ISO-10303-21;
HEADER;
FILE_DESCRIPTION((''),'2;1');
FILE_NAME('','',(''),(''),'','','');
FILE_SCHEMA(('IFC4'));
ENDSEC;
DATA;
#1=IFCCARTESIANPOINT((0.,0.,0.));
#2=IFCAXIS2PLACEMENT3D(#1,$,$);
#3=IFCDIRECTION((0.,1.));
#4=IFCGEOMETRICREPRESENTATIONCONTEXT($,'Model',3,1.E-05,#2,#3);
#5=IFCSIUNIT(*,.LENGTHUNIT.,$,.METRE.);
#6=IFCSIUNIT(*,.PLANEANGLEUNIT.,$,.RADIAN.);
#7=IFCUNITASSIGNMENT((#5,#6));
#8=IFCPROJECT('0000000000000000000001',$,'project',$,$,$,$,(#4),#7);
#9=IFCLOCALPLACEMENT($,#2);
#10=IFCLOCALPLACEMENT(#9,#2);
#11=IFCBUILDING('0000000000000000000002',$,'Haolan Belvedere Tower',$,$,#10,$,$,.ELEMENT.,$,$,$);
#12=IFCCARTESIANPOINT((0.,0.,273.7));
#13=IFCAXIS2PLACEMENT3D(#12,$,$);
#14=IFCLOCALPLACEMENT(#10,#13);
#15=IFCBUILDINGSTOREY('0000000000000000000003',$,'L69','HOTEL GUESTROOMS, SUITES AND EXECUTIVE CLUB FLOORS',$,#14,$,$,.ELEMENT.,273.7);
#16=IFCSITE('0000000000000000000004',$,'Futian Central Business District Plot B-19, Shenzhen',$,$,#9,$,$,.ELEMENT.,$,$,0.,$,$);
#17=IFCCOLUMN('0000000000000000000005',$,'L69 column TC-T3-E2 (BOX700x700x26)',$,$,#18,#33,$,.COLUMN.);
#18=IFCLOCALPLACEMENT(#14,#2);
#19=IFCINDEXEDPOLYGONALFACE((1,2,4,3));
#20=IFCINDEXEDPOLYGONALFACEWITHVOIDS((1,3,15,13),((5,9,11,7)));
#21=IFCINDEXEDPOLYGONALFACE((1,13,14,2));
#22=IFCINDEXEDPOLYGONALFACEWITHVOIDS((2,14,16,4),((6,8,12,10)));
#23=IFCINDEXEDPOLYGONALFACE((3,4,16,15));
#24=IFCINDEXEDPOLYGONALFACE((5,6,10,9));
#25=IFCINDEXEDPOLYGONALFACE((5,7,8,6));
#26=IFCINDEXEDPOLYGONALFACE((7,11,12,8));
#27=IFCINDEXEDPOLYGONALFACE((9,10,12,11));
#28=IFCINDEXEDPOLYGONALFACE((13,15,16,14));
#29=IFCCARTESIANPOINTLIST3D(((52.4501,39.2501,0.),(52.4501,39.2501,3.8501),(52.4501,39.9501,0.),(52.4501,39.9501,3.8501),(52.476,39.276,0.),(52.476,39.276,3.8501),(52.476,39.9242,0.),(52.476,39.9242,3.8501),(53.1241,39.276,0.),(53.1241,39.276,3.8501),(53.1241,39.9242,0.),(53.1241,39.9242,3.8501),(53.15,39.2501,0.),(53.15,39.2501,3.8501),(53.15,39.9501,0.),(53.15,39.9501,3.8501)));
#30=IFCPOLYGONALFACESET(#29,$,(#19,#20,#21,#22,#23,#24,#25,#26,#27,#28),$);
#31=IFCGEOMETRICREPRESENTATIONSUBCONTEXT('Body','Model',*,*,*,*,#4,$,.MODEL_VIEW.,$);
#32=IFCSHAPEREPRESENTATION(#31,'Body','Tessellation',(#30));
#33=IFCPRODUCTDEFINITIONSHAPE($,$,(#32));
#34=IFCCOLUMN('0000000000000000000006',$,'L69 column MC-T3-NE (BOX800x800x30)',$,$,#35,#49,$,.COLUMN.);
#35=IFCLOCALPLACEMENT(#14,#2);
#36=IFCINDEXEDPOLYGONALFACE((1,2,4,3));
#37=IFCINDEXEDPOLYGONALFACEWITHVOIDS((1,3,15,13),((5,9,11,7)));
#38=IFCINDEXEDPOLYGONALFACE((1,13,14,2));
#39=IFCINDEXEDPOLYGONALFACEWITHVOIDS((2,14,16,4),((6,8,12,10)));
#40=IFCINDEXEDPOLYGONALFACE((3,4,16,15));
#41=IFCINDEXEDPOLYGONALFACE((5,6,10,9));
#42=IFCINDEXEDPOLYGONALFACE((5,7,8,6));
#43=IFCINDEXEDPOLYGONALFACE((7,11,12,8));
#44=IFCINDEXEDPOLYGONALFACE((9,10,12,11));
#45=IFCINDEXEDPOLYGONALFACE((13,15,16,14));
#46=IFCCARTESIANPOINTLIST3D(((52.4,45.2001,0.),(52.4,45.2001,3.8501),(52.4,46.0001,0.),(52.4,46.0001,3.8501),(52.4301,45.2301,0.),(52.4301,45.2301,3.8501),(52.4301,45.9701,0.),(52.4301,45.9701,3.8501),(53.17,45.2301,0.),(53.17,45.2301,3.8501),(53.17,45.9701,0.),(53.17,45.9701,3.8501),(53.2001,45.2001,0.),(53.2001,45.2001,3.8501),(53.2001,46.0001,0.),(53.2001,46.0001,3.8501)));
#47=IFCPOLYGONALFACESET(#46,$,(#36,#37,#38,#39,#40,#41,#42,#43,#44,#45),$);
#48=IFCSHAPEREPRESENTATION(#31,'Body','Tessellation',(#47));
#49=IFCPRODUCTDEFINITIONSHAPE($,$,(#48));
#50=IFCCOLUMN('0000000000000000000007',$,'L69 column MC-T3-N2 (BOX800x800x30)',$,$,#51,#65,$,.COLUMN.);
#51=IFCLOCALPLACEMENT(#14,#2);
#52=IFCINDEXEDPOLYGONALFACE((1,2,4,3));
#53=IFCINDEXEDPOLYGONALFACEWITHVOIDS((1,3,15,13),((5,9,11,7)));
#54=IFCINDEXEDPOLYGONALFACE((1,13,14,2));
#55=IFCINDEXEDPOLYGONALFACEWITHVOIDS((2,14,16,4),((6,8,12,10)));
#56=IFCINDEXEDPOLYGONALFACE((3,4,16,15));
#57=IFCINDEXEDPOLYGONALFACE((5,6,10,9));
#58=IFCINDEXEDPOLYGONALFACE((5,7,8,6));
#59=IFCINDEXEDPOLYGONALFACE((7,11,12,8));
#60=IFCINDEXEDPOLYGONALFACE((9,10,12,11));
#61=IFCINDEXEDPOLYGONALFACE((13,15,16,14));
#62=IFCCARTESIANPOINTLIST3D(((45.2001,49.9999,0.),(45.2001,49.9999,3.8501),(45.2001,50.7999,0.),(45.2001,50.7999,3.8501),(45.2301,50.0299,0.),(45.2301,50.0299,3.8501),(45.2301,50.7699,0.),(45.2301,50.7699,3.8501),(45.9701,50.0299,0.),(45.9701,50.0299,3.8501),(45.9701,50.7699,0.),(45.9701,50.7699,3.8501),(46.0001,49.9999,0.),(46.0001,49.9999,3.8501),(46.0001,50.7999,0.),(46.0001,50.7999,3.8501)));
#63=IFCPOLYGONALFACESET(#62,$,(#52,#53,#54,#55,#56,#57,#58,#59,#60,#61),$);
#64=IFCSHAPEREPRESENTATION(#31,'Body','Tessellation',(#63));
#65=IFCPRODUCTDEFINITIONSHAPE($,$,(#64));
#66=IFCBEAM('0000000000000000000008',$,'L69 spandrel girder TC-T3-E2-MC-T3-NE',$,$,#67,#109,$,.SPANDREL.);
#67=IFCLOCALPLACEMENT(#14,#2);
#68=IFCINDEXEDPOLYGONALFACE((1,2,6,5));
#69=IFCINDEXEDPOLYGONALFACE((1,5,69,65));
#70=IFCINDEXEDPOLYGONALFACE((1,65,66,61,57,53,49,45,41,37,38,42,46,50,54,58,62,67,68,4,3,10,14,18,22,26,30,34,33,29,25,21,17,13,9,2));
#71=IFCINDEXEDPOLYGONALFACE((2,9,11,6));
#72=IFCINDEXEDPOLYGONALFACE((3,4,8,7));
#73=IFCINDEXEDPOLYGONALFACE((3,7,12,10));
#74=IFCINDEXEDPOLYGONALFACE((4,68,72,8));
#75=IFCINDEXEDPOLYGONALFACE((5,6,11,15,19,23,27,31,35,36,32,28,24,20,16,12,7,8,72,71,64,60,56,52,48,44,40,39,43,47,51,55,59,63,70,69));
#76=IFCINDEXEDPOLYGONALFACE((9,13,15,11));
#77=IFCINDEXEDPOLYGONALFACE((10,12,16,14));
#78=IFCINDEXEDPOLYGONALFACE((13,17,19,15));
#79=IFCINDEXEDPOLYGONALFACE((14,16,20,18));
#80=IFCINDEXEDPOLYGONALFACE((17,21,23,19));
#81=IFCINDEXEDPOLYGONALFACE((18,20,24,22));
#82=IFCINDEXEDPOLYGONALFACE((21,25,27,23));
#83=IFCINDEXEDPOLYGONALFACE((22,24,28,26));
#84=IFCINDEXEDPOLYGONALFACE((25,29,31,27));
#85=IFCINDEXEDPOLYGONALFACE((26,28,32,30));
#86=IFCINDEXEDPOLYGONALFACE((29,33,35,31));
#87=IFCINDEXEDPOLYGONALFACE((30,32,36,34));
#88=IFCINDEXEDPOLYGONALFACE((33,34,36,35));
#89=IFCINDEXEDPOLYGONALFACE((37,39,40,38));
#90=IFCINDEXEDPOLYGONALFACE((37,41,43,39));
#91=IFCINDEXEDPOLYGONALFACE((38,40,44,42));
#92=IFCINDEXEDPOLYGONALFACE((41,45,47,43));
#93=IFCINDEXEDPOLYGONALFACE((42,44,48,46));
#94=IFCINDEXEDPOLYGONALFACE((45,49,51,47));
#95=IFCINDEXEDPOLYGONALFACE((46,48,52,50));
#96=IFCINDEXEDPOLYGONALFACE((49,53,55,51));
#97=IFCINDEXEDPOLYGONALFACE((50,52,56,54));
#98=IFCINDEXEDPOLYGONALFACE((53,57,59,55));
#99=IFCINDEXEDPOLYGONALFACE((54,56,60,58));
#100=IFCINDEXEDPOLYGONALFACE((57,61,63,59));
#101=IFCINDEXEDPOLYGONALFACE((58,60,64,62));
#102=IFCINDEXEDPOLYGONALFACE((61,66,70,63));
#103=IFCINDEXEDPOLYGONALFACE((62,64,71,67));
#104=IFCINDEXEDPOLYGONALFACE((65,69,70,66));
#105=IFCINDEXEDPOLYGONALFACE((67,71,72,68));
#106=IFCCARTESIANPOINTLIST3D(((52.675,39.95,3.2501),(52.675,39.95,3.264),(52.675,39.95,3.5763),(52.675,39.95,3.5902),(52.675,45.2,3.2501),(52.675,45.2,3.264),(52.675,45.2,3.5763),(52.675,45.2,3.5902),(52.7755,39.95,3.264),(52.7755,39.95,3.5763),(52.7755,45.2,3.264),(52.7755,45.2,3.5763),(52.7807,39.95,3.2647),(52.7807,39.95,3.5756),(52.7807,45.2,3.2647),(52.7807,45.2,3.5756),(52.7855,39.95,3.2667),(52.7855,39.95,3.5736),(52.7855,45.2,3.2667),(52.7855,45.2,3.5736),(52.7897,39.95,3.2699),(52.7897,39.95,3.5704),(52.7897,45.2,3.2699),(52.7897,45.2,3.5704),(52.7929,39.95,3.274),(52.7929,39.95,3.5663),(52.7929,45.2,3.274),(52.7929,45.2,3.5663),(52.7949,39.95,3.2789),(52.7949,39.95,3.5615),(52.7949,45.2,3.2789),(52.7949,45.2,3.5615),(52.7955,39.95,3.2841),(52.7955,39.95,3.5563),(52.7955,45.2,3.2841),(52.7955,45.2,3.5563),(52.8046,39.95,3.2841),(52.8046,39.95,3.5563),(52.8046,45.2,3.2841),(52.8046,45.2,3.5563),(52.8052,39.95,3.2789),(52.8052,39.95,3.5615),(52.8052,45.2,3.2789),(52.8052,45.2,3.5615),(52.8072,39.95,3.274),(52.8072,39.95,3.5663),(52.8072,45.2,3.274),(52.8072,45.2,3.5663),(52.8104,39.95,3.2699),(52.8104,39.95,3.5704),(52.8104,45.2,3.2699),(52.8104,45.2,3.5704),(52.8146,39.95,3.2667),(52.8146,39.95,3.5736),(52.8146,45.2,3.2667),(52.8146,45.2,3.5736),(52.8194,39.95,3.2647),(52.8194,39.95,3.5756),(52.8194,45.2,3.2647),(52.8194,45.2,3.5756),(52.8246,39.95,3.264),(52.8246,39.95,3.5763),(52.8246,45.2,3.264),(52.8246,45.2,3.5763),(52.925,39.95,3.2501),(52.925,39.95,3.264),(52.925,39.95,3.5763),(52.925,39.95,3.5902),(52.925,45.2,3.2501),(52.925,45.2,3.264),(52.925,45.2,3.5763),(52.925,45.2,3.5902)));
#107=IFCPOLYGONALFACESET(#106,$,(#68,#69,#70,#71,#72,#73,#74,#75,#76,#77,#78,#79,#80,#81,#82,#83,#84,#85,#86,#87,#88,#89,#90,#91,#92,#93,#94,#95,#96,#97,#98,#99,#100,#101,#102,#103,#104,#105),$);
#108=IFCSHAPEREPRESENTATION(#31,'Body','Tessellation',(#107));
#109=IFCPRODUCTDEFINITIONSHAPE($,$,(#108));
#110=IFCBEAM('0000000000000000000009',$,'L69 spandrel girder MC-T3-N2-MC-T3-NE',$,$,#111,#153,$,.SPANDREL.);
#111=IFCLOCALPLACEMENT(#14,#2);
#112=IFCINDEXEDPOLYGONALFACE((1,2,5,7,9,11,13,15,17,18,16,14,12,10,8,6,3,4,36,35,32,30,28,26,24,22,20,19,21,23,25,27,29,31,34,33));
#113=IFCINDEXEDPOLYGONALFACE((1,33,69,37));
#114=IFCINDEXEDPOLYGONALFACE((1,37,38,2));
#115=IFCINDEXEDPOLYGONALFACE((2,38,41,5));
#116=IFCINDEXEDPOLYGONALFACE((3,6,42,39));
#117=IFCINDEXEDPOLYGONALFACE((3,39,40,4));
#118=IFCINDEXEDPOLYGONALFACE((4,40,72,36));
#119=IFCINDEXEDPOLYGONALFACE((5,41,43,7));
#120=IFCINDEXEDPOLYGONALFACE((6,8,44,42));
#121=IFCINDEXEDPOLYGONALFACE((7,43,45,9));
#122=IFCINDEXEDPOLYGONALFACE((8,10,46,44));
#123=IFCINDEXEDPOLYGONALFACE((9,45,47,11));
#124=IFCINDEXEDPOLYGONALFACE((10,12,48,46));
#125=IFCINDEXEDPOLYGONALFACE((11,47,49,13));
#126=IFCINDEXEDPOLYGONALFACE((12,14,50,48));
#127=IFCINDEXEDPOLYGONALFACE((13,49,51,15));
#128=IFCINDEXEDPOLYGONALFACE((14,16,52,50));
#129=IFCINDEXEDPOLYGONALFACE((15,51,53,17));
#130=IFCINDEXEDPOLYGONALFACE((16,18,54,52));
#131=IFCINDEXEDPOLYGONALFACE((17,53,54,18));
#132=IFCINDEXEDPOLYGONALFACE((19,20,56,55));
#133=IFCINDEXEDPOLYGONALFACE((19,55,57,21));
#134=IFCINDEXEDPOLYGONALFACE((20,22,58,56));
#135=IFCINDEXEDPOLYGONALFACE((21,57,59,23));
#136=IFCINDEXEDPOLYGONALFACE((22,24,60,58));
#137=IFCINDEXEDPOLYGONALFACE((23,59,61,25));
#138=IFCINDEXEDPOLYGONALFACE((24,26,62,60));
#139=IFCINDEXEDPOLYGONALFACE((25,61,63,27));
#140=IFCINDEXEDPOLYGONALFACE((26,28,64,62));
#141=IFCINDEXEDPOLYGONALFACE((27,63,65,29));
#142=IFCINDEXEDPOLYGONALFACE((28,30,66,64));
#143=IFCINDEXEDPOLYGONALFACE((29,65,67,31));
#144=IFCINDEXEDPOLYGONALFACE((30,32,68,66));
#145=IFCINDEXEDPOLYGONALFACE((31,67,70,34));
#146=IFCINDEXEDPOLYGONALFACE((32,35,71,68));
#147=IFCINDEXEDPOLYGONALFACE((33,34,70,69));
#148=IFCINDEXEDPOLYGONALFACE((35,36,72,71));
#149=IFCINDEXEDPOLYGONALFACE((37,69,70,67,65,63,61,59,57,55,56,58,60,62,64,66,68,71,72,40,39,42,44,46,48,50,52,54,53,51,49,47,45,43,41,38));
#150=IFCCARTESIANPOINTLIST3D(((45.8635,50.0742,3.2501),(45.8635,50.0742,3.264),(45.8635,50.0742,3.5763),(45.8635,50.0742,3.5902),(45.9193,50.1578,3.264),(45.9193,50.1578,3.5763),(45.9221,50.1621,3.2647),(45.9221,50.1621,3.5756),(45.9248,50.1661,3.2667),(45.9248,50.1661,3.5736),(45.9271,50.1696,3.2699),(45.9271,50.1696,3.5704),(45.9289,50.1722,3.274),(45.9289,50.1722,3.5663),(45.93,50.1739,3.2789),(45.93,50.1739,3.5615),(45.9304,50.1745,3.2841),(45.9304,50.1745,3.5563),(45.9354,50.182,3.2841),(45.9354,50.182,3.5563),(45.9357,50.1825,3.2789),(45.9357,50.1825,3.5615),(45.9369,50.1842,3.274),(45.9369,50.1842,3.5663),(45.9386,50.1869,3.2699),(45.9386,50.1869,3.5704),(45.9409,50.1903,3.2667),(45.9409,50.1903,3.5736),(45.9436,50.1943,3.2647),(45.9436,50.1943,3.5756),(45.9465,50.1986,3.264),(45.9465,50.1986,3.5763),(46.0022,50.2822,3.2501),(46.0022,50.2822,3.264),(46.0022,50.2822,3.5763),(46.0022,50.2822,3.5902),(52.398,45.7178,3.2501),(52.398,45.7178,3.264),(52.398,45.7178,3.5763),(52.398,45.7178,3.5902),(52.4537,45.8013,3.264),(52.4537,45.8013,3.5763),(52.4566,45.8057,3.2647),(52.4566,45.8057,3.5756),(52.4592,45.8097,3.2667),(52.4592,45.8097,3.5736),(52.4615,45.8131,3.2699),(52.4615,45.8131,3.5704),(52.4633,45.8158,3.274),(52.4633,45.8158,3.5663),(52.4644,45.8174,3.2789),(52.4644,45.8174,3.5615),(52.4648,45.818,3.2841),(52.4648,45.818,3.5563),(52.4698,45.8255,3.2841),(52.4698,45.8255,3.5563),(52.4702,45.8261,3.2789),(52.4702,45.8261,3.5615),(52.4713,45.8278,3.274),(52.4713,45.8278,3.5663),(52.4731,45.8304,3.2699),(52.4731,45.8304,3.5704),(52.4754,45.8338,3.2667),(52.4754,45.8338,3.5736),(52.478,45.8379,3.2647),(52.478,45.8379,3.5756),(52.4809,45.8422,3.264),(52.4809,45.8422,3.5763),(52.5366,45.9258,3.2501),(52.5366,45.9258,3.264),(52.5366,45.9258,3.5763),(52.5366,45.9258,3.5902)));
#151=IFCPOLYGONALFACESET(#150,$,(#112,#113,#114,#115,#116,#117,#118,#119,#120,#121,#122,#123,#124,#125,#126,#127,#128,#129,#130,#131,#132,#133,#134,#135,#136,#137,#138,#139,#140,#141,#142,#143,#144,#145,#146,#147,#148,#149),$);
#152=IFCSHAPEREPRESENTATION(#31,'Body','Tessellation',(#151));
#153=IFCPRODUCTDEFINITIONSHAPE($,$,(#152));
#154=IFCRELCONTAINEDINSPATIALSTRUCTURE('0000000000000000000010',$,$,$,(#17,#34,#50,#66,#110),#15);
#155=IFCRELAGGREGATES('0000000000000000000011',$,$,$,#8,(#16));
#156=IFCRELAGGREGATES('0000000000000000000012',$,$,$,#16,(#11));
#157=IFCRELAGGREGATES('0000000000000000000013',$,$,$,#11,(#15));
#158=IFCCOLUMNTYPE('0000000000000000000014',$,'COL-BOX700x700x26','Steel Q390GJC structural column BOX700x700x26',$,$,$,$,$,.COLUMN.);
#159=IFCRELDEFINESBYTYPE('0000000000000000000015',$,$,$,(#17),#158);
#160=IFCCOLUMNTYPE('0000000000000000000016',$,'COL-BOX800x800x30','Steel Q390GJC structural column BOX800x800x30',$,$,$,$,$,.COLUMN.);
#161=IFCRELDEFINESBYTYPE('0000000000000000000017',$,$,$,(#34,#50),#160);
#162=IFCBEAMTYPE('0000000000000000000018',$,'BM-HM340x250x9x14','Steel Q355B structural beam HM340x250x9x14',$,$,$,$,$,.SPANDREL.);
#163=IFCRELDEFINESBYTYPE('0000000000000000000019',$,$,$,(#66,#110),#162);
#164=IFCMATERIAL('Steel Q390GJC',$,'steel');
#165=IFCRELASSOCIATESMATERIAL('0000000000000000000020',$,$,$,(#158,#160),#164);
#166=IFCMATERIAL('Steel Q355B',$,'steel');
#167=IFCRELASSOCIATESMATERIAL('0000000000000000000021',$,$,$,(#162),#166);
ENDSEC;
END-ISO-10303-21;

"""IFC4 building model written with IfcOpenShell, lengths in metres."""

from ifc_helpers import new_model, si_unit, direction, frame, origin, origin_2d, place, context, subcontext, project, spatial, hollow_rectangle, i_section, extrude, material, material_profile, profile_set, type_object, element, save


model = new_model("IFC4")

# Units and contexts
model_context = context("Model", 3, precision=1e-05, world=origin(), true_north=direction((0.0, 1.0)))
body_context = subcontext(model_context, "Body", "Model", "MODEL_VIEW")
ifc_project = project(units=[si_unit("LENGTHUNIT", "METRE"), si_unit("PLANEANGLEUNIT", "RADIAN")], contexts=[model_context])

# Site, building, storey
site_placement = place(None, origin())
site = spatial("IfcSite", under=ifc_project, at=site_placement, Name="Futian Central Business District Plot B-19, Shenzhen", CompositionType="ELEMENT", RefElevation=0.0)
building_placement = place(site_placement, origin())
building = spatial("IfcBuilding", under=site, at=building_placement, Name="Haolan Belvedere Tower", CompositionType="ELEMENT")
storey_placement = place(building_placement, frame((0.0, 0.0, 273.7)))
storey = spatial("IfcBuildingStorey", under=building, at=storey_placement, Name="L69", Description="HOTEL GUESTROOMS, SUITES AND EXECUTIVE CLUB FLOORS", CompositionType="ELEMENT", Elevation=273.7)

# Columns
ifc_material_1 = material(Name="Steel Q390GJC", Category="steel")
ifc_material_profile_1 = material_profile(ifc_material_1, hollow_rectangle(XDim=0.7, YDim=0.7, WallThickness=0.0259, at=origin_2d()), Name="Steel Q390GJC")
ifc_profile_set_1 = profile_set([ifc_material_profile_1], Name="Steel Q390GJC")
column_type_1 = type_object("IfcColumnType", Name="COL-BOX700x700x26", Description="Steel Q390GJC structural column BOX700x700x26", PredefinedType="COLUMN", material=ifc_profile_set_1)
column_placement = place(storey_placement, frame((52.8, 39.6001, 0.0), z_axis=(0.0, 0.0, 1.0), x_axis=(1.0, 0.0, 0.0)))
element("IfcColumn", 1, at=column_placement, inside=storey, type_object=column_type_1, Name="L69 column TC-T3-E2 (BOX700x700x26)", PredefinedType="COLUMN", context=body_context, shape_type="SweptSolid", body=[
    extrude(hollow_rectangle(XDim=0.7, YDim=0.7, WallThickness=0.0259, at=origin_2d()), origin(), (0.0, 0.0, 1.0), 3.8501),
])
ifc_material_profile_2 = material_profile(ifc_material_1, hollow_rectangle(XDim=0.8, YDim=0.8, WallThickness=0.03, at=origin_2d()), Name="Steel Q390GJC")
ifc_profile_set_2 = profile_set([ifc_material_profile_2], Name="Steel Q390GJC")
column_type_2 = type_object("IfcColumnType", Name="COL-BOX800x800x30", Description="Steel Q390GJC structural column BOX800x800x30", PredefinedType="COLUMN", material=ifc_profile_set_2)
for number, where, z_axis, x_axis, name in (
    (2, (52.8, 45.6001, 0.0), (0.0, 0.0, 1.0), (1.0, 0.0, 0.0), "L69 column MC-T3-NE (BOX800x800x30)"),
    (3, (45.6001, 50.3999, 0.0), (0.0, 0.0, 1.0), (1.0, 0.0, 0.0), "L69 column MC-T3-N2 (BOX800x800x30)"),
):
    element("IfcColumn", number, at=place(storey_placement, frame(where, z_axis=z_axis, x_axis=x_axis)), inside=storey, type_object=column_type_2, Name=name, PredefinedType="COLUMN", context=body_context, shape_type="SweptSolid", body=[
        extrude(hollow_rectangle(XDim=0.8, YDim=0.8, WallThickness=0.03, at=origin_2d()), origin(), (0.0, 0.0, 1.0), 3.8501),
    ])

# Beams
ifc_material_2 = material(Name="Steel Q355B", Category="steel")
ifc_material_profile_3 = material_profile(ifc_material_2, i_section(OverallWidth=0.25, OverallDepth=0.3401, WebThickness=0.009, FlangeThickness=0.0139, FilletRadius=0.02, at=origin_2d()), Name="Steel Q355B")
ifc_profile_set_3 = profile_set([ifc_material_profile_3], Name="Steel Q355B")
beam_type_1 = type_object("IfcBeamType", Name="BM-HM340x250x9x14", Description="Steel Q355B structural beam HM340x250x9x14", PredefinedType="SPANDREL", material=ifc_profile_set_3)
beam_1_placement = place(storey_placement, frame((52.8, 39.95, 3.4202), z_axis=(0.0, 1.0, 0.0), x_axis=(-1.0, 0.0, 0.0)))
element("IfcBeam", 4, at=beam_1_placement, inside=storey, type_object=beam_type_1, Name="L69 spandrel girder TC-T3-E2-MC-T3-NE", PredefinedType="SPANDREL", context=body_context, shape_type="SweptSolid", body=[
    extrude(i_section(OverallWidth=0.25, OverallDepth=0.3401, WebThickness=0.009, FlangeThickness=0.0139, FilletRadius=0.02, at=origin_2d()), origin(), (0.0, 0.0, 1.0), 5.25),
])
beam_2_placement = place(storey_placement, frame((45.9329, 50.1782, 3.4202), z_axis=(0.832041, -0.554715, 0.0), x_axis=(0.554715, 0.832041, 0.0)))
element("IfcBeam", 5, at=beam_2_placement, inside=storey, type_object=beam_type_1, Name="L69 spandrel girder MC-T3-N2-MC-T3-NE", PredefinedType="SPANDREL", context=body_context, shape_type="SweptSolid", body=[
    extrude(i_section(OverallWidth=0.25, OverallDepth=0.3401, WebThickness=0.009, FlangeThickness=0.0139, FilletRadius=0.02, at=origin_2d()), origin(), (0.0, 0.0, 1.0), 7.8535),
])

save(model, "model.ifc")
